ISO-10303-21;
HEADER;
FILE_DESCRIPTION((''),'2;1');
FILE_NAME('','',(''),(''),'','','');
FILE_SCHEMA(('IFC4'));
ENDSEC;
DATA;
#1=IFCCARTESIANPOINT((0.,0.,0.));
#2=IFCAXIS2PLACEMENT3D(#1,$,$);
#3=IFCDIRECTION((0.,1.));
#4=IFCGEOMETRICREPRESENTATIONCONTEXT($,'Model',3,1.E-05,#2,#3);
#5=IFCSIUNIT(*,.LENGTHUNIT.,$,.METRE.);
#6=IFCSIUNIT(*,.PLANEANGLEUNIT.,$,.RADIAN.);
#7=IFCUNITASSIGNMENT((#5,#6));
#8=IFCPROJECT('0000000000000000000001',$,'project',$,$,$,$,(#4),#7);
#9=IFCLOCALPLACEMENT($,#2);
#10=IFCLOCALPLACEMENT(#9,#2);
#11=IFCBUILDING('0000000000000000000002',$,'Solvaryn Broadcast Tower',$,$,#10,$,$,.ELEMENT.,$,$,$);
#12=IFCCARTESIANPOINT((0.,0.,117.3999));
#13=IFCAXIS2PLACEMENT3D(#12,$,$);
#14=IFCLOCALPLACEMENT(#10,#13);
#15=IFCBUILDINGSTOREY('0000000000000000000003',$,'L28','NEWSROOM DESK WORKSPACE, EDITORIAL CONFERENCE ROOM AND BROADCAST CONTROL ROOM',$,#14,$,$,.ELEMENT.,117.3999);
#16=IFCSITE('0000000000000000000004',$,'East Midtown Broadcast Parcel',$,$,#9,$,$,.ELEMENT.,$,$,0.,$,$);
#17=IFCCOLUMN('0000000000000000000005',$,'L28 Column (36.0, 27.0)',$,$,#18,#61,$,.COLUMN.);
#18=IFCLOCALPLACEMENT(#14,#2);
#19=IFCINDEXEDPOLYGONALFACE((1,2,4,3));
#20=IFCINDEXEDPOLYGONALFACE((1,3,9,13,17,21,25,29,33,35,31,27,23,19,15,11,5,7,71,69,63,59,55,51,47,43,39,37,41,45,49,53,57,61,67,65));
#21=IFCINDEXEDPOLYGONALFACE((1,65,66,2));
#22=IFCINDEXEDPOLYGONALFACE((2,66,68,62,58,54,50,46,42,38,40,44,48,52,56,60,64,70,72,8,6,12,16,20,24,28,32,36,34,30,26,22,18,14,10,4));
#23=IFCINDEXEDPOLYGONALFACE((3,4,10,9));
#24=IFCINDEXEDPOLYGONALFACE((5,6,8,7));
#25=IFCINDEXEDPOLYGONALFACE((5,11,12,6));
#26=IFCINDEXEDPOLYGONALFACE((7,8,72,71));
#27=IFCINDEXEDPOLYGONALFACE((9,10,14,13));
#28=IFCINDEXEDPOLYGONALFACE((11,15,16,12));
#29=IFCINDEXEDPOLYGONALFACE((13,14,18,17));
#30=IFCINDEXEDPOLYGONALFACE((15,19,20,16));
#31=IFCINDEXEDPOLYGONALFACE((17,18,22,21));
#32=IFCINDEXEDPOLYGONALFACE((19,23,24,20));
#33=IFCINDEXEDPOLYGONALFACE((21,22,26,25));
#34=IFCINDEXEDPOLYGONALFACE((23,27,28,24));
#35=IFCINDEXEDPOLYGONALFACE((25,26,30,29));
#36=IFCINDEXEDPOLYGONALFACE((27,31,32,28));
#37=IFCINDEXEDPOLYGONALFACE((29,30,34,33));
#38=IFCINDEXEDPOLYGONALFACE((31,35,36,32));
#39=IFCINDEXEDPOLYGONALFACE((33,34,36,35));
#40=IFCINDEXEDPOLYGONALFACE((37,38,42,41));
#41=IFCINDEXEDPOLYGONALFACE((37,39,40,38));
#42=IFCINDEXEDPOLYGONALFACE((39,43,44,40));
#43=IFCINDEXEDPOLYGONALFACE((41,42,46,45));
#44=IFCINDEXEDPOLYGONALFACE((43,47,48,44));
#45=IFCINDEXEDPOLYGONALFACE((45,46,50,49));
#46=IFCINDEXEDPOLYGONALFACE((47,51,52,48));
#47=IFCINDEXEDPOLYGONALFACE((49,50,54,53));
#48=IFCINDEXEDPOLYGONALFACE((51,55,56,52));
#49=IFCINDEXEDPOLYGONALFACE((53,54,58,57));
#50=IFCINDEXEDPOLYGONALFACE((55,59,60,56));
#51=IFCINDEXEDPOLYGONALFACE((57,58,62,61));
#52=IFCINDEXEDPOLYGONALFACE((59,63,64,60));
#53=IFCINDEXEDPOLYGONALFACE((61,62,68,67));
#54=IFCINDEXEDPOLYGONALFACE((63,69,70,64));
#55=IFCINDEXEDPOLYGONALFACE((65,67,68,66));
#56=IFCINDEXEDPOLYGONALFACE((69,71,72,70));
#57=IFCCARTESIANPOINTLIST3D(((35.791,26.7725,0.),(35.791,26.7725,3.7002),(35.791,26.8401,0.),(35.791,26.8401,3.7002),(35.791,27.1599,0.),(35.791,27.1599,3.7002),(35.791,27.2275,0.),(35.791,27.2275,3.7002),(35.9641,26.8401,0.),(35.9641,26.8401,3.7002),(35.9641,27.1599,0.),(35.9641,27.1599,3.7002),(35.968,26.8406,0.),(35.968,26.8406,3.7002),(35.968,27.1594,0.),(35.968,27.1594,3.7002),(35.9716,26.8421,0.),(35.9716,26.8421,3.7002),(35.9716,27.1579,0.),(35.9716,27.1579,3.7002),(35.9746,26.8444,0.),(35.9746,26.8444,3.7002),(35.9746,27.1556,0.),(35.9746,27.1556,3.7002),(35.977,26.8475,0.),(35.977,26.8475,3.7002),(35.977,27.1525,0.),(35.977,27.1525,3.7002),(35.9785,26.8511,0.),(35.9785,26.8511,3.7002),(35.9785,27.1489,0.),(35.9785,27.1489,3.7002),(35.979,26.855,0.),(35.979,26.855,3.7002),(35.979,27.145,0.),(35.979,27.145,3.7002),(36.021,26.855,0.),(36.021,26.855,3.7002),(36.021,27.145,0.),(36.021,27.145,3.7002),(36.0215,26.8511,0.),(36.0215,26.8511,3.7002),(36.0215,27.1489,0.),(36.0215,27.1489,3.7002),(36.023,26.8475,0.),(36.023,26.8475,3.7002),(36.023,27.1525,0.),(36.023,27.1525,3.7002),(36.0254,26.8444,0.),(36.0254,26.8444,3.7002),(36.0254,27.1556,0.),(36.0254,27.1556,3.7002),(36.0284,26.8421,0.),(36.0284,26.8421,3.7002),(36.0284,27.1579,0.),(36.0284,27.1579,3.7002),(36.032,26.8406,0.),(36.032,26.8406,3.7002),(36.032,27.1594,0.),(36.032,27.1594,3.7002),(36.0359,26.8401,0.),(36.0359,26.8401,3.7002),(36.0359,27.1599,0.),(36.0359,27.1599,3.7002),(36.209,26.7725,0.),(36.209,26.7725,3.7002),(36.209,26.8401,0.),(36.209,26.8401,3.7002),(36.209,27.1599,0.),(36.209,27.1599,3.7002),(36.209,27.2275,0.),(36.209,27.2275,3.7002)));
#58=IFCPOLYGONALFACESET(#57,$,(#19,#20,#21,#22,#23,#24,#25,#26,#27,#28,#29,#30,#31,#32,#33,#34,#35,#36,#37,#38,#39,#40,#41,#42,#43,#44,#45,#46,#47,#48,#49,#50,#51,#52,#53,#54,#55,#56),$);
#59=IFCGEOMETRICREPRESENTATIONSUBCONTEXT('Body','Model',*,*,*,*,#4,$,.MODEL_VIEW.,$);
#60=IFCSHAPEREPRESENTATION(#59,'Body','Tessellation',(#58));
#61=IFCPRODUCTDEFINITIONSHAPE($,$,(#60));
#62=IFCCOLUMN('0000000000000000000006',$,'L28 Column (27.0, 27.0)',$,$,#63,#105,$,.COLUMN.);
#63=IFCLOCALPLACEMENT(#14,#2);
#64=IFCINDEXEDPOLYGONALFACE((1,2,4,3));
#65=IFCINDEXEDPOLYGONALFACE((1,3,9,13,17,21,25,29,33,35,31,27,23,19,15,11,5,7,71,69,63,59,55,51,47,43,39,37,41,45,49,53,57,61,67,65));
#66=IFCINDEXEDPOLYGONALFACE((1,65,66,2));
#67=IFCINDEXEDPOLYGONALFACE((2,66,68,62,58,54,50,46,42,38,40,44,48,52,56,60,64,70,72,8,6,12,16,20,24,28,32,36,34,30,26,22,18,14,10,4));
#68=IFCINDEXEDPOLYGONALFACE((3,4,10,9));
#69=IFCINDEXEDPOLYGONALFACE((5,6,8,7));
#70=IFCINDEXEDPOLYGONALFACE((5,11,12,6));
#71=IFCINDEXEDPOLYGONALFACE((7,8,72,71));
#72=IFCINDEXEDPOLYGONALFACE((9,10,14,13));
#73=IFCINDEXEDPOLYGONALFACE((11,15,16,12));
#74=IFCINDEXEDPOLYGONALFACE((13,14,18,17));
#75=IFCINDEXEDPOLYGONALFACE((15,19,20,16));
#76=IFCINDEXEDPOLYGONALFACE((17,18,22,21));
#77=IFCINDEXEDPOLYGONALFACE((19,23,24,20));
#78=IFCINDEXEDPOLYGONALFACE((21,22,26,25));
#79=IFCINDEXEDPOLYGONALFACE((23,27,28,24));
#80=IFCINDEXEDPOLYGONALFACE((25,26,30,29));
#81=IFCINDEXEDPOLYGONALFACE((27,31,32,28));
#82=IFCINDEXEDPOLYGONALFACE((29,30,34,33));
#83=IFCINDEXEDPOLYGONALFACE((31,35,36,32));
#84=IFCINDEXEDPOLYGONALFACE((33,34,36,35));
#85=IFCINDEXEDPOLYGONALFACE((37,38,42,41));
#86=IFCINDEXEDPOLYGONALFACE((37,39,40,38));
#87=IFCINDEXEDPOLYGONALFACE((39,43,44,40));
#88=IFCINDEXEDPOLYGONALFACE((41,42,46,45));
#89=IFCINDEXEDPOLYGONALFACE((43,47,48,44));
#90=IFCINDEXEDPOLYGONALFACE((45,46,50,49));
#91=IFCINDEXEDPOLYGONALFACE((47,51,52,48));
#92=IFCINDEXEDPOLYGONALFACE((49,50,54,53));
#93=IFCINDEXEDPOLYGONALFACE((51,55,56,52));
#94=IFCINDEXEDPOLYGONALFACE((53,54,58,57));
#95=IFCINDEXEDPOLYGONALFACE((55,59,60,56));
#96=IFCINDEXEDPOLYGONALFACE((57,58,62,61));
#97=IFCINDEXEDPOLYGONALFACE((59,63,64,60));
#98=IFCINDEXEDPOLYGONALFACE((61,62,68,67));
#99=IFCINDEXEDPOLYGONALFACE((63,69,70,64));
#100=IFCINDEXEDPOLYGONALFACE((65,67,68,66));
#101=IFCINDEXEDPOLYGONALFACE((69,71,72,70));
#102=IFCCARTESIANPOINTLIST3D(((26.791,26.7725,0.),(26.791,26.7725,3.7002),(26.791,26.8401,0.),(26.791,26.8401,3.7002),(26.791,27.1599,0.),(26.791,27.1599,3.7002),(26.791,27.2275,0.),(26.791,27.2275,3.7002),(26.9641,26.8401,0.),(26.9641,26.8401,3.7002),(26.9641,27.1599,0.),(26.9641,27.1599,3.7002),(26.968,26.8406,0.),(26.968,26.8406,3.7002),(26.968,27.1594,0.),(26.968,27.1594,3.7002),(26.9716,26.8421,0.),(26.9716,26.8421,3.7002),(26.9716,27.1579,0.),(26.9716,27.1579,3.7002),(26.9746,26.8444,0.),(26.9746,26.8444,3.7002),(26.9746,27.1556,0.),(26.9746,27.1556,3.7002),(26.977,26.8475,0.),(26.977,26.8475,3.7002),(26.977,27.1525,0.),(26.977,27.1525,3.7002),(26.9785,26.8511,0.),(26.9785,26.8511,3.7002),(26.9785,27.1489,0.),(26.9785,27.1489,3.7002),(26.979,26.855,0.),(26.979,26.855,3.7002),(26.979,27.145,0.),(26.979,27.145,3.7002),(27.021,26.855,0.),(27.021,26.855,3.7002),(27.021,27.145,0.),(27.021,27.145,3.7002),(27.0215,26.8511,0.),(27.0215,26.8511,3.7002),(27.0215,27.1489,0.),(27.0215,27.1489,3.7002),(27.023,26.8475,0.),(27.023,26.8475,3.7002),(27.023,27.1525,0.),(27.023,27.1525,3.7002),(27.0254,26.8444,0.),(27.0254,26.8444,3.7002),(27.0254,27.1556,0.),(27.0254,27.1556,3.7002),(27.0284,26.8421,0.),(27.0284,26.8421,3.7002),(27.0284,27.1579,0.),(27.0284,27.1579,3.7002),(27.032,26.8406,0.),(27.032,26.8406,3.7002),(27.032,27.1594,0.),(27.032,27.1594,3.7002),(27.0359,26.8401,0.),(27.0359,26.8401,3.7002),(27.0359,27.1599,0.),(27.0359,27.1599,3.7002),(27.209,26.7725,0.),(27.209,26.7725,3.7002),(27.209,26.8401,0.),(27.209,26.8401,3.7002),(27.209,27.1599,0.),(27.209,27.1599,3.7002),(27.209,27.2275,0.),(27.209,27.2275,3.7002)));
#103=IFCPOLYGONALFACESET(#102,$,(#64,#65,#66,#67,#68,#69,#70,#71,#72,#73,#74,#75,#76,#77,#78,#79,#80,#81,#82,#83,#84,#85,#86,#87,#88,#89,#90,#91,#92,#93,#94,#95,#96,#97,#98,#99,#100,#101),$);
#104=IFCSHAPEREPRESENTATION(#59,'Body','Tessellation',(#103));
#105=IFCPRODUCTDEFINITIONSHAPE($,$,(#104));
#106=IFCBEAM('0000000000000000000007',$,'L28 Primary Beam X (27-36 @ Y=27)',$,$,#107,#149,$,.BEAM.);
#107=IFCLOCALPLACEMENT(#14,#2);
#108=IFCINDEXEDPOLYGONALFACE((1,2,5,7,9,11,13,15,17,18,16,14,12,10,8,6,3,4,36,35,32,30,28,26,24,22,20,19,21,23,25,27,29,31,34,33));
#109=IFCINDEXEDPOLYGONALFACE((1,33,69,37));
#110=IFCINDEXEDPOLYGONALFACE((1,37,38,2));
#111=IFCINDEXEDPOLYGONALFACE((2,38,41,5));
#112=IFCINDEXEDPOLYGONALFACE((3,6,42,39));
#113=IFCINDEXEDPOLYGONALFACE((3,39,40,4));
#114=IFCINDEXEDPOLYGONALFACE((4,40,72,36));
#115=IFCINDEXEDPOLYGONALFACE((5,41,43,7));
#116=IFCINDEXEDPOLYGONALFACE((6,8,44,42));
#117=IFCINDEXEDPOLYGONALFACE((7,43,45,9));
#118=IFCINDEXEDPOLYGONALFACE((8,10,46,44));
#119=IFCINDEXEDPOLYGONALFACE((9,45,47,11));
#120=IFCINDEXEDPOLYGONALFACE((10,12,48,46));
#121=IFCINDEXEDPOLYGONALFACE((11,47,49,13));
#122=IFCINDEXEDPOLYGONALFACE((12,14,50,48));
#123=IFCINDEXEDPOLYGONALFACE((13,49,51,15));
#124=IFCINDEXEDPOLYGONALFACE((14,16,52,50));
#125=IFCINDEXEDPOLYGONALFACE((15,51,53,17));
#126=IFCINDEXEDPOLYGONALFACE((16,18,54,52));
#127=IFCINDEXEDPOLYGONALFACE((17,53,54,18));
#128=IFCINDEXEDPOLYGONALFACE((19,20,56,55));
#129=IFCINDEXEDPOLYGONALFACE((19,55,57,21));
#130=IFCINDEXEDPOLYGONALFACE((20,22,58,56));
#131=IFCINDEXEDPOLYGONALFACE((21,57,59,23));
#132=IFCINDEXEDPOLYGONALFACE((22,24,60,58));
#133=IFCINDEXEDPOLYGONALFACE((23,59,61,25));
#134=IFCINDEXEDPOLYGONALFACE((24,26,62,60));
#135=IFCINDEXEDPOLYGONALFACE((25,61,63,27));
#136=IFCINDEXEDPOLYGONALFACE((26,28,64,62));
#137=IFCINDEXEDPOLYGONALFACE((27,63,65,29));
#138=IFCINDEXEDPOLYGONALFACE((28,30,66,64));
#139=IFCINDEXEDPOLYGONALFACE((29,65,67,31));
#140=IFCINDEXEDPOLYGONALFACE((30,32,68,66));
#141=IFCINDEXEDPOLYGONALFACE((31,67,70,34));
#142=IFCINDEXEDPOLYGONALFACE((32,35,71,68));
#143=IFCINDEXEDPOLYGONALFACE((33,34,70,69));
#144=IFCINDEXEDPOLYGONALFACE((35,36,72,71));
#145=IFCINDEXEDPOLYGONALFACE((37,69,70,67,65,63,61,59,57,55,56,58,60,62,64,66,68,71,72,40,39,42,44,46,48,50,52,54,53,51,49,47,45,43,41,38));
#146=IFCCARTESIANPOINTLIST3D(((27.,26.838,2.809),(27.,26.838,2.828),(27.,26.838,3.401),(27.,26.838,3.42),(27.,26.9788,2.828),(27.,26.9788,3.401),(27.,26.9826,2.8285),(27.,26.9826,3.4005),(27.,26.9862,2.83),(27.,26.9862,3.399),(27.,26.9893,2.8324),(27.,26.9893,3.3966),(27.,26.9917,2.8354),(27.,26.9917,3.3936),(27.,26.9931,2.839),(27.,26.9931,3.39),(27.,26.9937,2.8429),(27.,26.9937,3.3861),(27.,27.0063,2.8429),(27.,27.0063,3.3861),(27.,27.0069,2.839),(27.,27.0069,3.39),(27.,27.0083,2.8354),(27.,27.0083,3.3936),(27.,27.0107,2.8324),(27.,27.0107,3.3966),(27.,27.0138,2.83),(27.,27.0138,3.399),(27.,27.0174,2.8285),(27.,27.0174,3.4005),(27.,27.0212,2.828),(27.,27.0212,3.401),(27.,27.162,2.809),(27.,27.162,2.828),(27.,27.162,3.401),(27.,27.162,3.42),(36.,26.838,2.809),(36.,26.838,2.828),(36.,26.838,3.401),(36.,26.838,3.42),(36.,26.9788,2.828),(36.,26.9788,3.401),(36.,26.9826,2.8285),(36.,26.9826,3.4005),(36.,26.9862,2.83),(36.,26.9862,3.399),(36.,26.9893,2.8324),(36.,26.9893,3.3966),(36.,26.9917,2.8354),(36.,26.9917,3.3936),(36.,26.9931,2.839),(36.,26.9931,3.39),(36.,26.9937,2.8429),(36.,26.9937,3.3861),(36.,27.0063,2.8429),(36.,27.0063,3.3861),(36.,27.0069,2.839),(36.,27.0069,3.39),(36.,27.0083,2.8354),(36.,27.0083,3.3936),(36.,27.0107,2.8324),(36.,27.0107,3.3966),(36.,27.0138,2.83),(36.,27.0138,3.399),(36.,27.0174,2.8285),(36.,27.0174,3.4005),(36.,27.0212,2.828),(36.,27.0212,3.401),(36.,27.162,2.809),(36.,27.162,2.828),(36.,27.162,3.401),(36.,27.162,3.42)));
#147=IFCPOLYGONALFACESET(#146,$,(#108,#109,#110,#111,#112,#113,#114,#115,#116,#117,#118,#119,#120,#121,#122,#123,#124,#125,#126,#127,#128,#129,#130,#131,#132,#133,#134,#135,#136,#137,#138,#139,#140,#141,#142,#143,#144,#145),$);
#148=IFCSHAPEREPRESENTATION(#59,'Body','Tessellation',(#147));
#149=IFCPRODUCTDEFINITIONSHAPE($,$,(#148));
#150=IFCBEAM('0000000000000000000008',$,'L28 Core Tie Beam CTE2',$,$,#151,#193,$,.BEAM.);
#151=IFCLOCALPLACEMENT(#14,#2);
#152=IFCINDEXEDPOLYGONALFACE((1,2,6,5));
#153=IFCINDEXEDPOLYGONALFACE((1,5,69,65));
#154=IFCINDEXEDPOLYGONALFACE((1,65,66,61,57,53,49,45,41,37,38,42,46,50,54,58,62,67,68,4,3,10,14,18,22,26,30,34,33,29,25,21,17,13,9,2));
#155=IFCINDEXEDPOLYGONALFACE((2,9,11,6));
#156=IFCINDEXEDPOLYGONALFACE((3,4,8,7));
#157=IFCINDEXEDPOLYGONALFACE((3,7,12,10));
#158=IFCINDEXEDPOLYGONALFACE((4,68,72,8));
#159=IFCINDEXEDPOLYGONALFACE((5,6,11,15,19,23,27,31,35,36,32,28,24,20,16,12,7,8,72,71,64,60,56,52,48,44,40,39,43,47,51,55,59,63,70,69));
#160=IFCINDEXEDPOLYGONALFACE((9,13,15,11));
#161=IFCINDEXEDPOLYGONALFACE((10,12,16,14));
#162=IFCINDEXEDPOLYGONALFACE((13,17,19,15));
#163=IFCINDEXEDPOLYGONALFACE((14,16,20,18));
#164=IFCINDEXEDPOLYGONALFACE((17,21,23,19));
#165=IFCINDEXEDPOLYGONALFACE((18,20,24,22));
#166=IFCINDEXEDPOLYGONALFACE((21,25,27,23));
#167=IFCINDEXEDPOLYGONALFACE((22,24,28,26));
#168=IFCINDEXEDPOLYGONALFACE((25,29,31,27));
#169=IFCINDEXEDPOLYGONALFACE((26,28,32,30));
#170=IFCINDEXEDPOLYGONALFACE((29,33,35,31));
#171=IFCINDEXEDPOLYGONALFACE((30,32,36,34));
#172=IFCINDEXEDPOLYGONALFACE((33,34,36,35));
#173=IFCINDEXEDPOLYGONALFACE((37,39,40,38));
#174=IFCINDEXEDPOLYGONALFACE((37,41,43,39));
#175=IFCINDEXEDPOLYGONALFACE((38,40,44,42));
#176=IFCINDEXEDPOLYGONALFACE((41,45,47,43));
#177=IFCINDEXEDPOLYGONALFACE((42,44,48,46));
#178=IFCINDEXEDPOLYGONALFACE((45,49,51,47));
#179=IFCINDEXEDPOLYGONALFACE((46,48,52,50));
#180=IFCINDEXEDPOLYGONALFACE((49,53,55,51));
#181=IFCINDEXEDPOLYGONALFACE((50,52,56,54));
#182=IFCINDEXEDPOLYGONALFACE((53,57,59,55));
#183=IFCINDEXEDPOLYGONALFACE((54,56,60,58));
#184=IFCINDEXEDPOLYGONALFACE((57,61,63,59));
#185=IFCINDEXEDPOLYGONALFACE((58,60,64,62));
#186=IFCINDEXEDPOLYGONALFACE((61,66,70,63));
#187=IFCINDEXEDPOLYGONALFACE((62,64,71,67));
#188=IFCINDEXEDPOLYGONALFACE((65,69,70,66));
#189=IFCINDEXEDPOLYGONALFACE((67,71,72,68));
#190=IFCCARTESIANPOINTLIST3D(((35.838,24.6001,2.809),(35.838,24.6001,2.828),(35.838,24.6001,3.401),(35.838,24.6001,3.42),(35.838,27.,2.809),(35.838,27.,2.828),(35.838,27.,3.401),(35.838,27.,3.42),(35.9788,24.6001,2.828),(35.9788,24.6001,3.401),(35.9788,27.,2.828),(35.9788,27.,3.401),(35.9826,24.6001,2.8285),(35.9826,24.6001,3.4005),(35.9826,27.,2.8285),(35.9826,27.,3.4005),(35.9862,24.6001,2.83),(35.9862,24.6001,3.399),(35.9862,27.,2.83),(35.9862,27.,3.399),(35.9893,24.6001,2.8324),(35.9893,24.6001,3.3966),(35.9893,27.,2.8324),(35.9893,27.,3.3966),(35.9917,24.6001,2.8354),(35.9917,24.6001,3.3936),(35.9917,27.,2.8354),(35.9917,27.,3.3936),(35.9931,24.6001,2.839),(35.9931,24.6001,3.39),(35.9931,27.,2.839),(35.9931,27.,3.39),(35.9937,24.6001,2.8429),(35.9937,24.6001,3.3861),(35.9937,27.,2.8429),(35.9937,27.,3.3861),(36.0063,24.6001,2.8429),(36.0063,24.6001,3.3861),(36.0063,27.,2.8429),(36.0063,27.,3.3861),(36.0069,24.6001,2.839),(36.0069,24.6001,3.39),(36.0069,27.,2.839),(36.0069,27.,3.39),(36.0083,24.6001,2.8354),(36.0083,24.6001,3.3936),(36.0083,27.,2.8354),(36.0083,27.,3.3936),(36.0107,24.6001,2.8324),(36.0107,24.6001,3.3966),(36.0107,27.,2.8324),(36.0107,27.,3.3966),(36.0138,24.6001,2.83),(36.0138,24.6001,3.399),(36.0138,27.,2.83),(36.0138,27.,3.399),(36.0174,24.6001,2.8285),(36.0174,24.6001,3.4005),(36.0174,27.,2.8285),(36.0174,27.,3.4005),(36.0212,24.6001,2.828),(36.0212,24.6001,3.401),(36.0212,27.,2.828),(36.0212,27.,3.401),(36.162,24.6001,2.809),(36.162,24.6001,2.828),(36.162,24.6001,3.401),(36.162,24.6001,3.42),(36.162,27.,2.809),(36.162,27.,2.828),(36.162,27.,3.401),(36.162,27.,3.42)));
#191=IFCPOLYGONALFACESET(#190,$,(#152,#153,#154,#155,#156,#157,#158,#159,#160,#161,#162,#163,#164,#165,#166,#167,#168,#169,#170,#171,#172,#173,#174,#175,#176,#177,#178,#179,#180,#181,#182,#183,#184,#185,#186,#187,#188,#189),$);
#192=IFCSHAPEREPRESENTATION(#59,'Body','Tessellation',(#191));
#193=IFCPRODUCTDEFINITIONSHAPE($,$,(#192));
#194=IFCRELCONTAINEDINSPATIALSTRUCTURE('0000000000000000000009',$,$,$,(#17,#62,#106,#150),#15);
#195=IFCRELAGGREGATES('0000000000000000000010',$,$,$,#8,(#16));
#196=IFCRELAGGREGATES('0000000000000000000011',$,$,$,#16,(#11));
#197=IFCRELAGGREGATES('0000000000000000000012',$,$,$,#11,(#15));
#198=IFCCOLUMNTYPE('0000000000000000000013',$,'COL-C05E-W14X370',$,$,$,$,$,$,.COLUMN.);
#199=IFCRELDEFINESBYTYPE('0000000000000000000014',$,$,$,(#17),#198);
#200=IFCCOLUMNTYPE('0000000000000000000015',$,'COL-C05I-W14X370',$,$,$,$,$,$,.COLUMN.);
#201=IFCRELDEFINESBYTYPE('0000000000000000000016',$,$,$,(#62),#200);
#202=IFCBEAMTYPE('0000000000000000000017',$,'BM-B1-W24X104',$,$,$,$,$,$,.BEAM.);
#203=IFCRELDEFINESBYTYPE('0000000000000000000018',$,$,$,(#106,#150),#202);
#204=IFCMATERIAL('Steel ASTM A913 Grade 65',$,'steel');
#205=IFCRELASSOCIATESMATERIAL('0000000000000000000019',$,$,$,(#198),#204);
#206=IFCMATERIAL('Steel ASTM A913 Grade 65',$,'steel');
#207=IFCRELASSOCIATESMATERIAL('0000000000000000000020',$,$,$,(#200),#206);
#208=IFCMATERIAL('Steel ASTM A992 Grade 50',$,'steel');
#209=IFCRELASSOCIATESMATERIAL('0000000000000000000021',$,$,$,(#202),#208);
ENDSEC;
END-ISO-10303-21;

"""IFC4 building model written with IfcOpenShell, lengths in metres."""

from ifc_helpers import new_model, si_unit, direction, frame, origin, origin_2d, place, context, subcontext, project, spatial, i_section, extrude, material, material_profile, profile_set, type_object, element, save


model = new_model("IFC4")

# Units and contexts
model_context = context("Model", 3, precision=1e-05, world=origin(), true_north=direction((0.0, 1.0)))
body_context = subcontext(model_context, "Body", "Model", "MODEL_VIEW")
ifc_project = project(units=[si_unit("LENGTHUNIT", "METRE"), si_unit("PLANEANGLEUNIT", "RADIAN")], contexts=[model_context])

# Site, building, storey
site_placement = place(None, origin())
site = spatial("IfcSite", under=ifc_project, at=site_placement, Name="East Midtown Broadcast Parcel", CompositionType="ELEMENT", RefElevation=0.0)
building_placement = place(site_placement, origin())
building = spatial("IfcBuilding", under=site, at=building_placement, Name="Solvaryn Broadcast Tower", CompositionType="ELEMENT")
storey_placement = place(building_placement, frame((0.0, 0.0, 117.3999)))
storey = spatial("IfcBuildingStorey", under=building, at=storey_placement, Name="L28", Description="NEWSROOM DESK WORKSPACE, EDITORIAL CONFERENCE ROOM AND BROADCAST CONTROL ROOM", CompositionType="ELEMENT", Elevation=117.3999)

# Columns
ifc_material_1 = material(Name="Steel ASTM A913 Grade 65", Category="steel")
ifc_material_profile_1 = material_profile(ifc_material_1, i_section(OverallWidth=0.418, OverallDepth=0.4551, WebThickness=0.042, FlangeThickness=0.0676, FilletRadius=0.0149, at=origin_2d()))
ifc_profile_set_1 = profile_set([ifc_material_profile_1], Name="Steel ASTM A913 Grade 65")
column_type_1 = type_object("IfcColumnType", Name="COL-C05E-W14X370", PredefinedType="COLUMN", material=ifc_profile_set_1)
column_1_placement = place(storey_placement, frame((36.0, 27.0, 0.0), z_axis=(0.0, 0.0, 1.0), x_axis=(1.0, 0.0, 0.0)))
element("IfcColumn", 1, at=column_1_placement, inside=storey, type_object=column_type_1, Name="L28 Column (36.0, 27.0)", PredefinedType="COLUMN", context=body_context, shape_type="SweptSolid", body=[
    extrude(i_section(OverallWidth=0.418, OverallDepth=0.4551, WebThickness=0.042, FlangeThickness=0.0676, FilletRadius=0.0149, at=origin_2d()), origin(), (0.0, 0.0, 1.0), 3.7002),
])
ifc_material_2 = material(Name="Steel ASTM A913 Grade 65", Category="steel")
ifc_material_profile_2 = material_profile(ifc_material_2, i_section(OverallWidth=0.418, OverallDepth=0.4551, WebThickness=0.042, FlangeThickness=0.0676, FilletRadius=0.0149, at=origin_2d()))
ifc_profile_set_2 = profile_set([ifc_material_profile_2], Name="Steel ASTM A913 Grade 65")
column_type_2 = type_object("IfcColumnType", Name="COL-C05I-W14X370", PredefinedType="COLUMN", material=ifc_profile_set_2)
column_2_placement = place(storey_placement, frame((27.0, 27.0, 0.0), z_axis=(0.0, 0.0, 1.0), x_axis=(1.0, 0.0, 0.0)))
element("IfcColumn", 2, at=column_2_placement, inside=storey, type_object=column_type_2, Name="L28 Column (27.0, 27.0)", PredefinedType="COLUMN", context=body_context, shape_type="SweptSolid", body=[
    extrude(i_section(OverallWidth=0.418, OverallDepth=0.4551, WebThickness=0.042, FlangeThickness=0.0676, FilletRadius=0.0149, at=origin_2d()), origin(), (0.0, 0.0, 1.0), 3.7002),
])

# Beams
ifc_material_3 = material(Name="Steel ASTM A992 Grade 50", Category="steel")
ifc_material_profile_3 = material_profile(ifc_material_3, i_section(OverallWidth=0.324, OverallDepth=0.6111, WebThickness=0.0127, FlangeThickness=0.019, FilletRadius=0.0149, at=origin_2d()))
ifc_profile_set_3 = profile_set([ifc_material_profile_3], Name="Steel ASTM A992 Grade 50")
beam_type_1 = type_object("IfcBeamType", Name="BM-B1-W24X104", PredefinedType="BEAM", material=ifc_profile_set_3)
beam_1_placement = place(storey_placement, frame((27.0, 27.0, 3.1145), z_axis=(1.0, 0.0, 0.0), x_axis=(0.0, 1.0, 0.0)))
element("IfcBeam", 3, at=beam_1_placement, inside=storey, type_object=beam_type_1, Name="L28 Primary Beam X (27-36 @ Y=27)", PredefinedType="BEAM", context=body_context, shape_type="SweptSolid", body=[
    extrude(i_section(OverallWidth=0.324, OverallDepth=0.6111, WebThickness=0.0127, FlangeThickness=0.019, FilletRadius=0.0149, at=origin_2d()), origin(), (0.0, 0.0, 1.0), 9.0),
])
beam_2_placement = place(storey_placement, frame((36.0, 24.6001, 3.1145), z_axis=(0.0, 1.0, 0.0), x_axis=(-1.0, 0.0, 0.0)))
element("IfcBeam", 4, at=beam_2_placement, inside=storey, type_object=beam_type_1, Name="L28 Core Tie Beam CTE2", PredefinedType="BEAM", context=body_context, shape_type="SweptSolid", body=[
    extrude(i_section(OverallWidth=0.324, OverallDepth=0.6111, WebThickness=0.0127, FlangeThickness=0.019, FilletRadius=0.0149, at=origin_2d()), origin(), (0.0, 0.0, 1.0), 2.3999),
])

save(model, "model.ifc")
